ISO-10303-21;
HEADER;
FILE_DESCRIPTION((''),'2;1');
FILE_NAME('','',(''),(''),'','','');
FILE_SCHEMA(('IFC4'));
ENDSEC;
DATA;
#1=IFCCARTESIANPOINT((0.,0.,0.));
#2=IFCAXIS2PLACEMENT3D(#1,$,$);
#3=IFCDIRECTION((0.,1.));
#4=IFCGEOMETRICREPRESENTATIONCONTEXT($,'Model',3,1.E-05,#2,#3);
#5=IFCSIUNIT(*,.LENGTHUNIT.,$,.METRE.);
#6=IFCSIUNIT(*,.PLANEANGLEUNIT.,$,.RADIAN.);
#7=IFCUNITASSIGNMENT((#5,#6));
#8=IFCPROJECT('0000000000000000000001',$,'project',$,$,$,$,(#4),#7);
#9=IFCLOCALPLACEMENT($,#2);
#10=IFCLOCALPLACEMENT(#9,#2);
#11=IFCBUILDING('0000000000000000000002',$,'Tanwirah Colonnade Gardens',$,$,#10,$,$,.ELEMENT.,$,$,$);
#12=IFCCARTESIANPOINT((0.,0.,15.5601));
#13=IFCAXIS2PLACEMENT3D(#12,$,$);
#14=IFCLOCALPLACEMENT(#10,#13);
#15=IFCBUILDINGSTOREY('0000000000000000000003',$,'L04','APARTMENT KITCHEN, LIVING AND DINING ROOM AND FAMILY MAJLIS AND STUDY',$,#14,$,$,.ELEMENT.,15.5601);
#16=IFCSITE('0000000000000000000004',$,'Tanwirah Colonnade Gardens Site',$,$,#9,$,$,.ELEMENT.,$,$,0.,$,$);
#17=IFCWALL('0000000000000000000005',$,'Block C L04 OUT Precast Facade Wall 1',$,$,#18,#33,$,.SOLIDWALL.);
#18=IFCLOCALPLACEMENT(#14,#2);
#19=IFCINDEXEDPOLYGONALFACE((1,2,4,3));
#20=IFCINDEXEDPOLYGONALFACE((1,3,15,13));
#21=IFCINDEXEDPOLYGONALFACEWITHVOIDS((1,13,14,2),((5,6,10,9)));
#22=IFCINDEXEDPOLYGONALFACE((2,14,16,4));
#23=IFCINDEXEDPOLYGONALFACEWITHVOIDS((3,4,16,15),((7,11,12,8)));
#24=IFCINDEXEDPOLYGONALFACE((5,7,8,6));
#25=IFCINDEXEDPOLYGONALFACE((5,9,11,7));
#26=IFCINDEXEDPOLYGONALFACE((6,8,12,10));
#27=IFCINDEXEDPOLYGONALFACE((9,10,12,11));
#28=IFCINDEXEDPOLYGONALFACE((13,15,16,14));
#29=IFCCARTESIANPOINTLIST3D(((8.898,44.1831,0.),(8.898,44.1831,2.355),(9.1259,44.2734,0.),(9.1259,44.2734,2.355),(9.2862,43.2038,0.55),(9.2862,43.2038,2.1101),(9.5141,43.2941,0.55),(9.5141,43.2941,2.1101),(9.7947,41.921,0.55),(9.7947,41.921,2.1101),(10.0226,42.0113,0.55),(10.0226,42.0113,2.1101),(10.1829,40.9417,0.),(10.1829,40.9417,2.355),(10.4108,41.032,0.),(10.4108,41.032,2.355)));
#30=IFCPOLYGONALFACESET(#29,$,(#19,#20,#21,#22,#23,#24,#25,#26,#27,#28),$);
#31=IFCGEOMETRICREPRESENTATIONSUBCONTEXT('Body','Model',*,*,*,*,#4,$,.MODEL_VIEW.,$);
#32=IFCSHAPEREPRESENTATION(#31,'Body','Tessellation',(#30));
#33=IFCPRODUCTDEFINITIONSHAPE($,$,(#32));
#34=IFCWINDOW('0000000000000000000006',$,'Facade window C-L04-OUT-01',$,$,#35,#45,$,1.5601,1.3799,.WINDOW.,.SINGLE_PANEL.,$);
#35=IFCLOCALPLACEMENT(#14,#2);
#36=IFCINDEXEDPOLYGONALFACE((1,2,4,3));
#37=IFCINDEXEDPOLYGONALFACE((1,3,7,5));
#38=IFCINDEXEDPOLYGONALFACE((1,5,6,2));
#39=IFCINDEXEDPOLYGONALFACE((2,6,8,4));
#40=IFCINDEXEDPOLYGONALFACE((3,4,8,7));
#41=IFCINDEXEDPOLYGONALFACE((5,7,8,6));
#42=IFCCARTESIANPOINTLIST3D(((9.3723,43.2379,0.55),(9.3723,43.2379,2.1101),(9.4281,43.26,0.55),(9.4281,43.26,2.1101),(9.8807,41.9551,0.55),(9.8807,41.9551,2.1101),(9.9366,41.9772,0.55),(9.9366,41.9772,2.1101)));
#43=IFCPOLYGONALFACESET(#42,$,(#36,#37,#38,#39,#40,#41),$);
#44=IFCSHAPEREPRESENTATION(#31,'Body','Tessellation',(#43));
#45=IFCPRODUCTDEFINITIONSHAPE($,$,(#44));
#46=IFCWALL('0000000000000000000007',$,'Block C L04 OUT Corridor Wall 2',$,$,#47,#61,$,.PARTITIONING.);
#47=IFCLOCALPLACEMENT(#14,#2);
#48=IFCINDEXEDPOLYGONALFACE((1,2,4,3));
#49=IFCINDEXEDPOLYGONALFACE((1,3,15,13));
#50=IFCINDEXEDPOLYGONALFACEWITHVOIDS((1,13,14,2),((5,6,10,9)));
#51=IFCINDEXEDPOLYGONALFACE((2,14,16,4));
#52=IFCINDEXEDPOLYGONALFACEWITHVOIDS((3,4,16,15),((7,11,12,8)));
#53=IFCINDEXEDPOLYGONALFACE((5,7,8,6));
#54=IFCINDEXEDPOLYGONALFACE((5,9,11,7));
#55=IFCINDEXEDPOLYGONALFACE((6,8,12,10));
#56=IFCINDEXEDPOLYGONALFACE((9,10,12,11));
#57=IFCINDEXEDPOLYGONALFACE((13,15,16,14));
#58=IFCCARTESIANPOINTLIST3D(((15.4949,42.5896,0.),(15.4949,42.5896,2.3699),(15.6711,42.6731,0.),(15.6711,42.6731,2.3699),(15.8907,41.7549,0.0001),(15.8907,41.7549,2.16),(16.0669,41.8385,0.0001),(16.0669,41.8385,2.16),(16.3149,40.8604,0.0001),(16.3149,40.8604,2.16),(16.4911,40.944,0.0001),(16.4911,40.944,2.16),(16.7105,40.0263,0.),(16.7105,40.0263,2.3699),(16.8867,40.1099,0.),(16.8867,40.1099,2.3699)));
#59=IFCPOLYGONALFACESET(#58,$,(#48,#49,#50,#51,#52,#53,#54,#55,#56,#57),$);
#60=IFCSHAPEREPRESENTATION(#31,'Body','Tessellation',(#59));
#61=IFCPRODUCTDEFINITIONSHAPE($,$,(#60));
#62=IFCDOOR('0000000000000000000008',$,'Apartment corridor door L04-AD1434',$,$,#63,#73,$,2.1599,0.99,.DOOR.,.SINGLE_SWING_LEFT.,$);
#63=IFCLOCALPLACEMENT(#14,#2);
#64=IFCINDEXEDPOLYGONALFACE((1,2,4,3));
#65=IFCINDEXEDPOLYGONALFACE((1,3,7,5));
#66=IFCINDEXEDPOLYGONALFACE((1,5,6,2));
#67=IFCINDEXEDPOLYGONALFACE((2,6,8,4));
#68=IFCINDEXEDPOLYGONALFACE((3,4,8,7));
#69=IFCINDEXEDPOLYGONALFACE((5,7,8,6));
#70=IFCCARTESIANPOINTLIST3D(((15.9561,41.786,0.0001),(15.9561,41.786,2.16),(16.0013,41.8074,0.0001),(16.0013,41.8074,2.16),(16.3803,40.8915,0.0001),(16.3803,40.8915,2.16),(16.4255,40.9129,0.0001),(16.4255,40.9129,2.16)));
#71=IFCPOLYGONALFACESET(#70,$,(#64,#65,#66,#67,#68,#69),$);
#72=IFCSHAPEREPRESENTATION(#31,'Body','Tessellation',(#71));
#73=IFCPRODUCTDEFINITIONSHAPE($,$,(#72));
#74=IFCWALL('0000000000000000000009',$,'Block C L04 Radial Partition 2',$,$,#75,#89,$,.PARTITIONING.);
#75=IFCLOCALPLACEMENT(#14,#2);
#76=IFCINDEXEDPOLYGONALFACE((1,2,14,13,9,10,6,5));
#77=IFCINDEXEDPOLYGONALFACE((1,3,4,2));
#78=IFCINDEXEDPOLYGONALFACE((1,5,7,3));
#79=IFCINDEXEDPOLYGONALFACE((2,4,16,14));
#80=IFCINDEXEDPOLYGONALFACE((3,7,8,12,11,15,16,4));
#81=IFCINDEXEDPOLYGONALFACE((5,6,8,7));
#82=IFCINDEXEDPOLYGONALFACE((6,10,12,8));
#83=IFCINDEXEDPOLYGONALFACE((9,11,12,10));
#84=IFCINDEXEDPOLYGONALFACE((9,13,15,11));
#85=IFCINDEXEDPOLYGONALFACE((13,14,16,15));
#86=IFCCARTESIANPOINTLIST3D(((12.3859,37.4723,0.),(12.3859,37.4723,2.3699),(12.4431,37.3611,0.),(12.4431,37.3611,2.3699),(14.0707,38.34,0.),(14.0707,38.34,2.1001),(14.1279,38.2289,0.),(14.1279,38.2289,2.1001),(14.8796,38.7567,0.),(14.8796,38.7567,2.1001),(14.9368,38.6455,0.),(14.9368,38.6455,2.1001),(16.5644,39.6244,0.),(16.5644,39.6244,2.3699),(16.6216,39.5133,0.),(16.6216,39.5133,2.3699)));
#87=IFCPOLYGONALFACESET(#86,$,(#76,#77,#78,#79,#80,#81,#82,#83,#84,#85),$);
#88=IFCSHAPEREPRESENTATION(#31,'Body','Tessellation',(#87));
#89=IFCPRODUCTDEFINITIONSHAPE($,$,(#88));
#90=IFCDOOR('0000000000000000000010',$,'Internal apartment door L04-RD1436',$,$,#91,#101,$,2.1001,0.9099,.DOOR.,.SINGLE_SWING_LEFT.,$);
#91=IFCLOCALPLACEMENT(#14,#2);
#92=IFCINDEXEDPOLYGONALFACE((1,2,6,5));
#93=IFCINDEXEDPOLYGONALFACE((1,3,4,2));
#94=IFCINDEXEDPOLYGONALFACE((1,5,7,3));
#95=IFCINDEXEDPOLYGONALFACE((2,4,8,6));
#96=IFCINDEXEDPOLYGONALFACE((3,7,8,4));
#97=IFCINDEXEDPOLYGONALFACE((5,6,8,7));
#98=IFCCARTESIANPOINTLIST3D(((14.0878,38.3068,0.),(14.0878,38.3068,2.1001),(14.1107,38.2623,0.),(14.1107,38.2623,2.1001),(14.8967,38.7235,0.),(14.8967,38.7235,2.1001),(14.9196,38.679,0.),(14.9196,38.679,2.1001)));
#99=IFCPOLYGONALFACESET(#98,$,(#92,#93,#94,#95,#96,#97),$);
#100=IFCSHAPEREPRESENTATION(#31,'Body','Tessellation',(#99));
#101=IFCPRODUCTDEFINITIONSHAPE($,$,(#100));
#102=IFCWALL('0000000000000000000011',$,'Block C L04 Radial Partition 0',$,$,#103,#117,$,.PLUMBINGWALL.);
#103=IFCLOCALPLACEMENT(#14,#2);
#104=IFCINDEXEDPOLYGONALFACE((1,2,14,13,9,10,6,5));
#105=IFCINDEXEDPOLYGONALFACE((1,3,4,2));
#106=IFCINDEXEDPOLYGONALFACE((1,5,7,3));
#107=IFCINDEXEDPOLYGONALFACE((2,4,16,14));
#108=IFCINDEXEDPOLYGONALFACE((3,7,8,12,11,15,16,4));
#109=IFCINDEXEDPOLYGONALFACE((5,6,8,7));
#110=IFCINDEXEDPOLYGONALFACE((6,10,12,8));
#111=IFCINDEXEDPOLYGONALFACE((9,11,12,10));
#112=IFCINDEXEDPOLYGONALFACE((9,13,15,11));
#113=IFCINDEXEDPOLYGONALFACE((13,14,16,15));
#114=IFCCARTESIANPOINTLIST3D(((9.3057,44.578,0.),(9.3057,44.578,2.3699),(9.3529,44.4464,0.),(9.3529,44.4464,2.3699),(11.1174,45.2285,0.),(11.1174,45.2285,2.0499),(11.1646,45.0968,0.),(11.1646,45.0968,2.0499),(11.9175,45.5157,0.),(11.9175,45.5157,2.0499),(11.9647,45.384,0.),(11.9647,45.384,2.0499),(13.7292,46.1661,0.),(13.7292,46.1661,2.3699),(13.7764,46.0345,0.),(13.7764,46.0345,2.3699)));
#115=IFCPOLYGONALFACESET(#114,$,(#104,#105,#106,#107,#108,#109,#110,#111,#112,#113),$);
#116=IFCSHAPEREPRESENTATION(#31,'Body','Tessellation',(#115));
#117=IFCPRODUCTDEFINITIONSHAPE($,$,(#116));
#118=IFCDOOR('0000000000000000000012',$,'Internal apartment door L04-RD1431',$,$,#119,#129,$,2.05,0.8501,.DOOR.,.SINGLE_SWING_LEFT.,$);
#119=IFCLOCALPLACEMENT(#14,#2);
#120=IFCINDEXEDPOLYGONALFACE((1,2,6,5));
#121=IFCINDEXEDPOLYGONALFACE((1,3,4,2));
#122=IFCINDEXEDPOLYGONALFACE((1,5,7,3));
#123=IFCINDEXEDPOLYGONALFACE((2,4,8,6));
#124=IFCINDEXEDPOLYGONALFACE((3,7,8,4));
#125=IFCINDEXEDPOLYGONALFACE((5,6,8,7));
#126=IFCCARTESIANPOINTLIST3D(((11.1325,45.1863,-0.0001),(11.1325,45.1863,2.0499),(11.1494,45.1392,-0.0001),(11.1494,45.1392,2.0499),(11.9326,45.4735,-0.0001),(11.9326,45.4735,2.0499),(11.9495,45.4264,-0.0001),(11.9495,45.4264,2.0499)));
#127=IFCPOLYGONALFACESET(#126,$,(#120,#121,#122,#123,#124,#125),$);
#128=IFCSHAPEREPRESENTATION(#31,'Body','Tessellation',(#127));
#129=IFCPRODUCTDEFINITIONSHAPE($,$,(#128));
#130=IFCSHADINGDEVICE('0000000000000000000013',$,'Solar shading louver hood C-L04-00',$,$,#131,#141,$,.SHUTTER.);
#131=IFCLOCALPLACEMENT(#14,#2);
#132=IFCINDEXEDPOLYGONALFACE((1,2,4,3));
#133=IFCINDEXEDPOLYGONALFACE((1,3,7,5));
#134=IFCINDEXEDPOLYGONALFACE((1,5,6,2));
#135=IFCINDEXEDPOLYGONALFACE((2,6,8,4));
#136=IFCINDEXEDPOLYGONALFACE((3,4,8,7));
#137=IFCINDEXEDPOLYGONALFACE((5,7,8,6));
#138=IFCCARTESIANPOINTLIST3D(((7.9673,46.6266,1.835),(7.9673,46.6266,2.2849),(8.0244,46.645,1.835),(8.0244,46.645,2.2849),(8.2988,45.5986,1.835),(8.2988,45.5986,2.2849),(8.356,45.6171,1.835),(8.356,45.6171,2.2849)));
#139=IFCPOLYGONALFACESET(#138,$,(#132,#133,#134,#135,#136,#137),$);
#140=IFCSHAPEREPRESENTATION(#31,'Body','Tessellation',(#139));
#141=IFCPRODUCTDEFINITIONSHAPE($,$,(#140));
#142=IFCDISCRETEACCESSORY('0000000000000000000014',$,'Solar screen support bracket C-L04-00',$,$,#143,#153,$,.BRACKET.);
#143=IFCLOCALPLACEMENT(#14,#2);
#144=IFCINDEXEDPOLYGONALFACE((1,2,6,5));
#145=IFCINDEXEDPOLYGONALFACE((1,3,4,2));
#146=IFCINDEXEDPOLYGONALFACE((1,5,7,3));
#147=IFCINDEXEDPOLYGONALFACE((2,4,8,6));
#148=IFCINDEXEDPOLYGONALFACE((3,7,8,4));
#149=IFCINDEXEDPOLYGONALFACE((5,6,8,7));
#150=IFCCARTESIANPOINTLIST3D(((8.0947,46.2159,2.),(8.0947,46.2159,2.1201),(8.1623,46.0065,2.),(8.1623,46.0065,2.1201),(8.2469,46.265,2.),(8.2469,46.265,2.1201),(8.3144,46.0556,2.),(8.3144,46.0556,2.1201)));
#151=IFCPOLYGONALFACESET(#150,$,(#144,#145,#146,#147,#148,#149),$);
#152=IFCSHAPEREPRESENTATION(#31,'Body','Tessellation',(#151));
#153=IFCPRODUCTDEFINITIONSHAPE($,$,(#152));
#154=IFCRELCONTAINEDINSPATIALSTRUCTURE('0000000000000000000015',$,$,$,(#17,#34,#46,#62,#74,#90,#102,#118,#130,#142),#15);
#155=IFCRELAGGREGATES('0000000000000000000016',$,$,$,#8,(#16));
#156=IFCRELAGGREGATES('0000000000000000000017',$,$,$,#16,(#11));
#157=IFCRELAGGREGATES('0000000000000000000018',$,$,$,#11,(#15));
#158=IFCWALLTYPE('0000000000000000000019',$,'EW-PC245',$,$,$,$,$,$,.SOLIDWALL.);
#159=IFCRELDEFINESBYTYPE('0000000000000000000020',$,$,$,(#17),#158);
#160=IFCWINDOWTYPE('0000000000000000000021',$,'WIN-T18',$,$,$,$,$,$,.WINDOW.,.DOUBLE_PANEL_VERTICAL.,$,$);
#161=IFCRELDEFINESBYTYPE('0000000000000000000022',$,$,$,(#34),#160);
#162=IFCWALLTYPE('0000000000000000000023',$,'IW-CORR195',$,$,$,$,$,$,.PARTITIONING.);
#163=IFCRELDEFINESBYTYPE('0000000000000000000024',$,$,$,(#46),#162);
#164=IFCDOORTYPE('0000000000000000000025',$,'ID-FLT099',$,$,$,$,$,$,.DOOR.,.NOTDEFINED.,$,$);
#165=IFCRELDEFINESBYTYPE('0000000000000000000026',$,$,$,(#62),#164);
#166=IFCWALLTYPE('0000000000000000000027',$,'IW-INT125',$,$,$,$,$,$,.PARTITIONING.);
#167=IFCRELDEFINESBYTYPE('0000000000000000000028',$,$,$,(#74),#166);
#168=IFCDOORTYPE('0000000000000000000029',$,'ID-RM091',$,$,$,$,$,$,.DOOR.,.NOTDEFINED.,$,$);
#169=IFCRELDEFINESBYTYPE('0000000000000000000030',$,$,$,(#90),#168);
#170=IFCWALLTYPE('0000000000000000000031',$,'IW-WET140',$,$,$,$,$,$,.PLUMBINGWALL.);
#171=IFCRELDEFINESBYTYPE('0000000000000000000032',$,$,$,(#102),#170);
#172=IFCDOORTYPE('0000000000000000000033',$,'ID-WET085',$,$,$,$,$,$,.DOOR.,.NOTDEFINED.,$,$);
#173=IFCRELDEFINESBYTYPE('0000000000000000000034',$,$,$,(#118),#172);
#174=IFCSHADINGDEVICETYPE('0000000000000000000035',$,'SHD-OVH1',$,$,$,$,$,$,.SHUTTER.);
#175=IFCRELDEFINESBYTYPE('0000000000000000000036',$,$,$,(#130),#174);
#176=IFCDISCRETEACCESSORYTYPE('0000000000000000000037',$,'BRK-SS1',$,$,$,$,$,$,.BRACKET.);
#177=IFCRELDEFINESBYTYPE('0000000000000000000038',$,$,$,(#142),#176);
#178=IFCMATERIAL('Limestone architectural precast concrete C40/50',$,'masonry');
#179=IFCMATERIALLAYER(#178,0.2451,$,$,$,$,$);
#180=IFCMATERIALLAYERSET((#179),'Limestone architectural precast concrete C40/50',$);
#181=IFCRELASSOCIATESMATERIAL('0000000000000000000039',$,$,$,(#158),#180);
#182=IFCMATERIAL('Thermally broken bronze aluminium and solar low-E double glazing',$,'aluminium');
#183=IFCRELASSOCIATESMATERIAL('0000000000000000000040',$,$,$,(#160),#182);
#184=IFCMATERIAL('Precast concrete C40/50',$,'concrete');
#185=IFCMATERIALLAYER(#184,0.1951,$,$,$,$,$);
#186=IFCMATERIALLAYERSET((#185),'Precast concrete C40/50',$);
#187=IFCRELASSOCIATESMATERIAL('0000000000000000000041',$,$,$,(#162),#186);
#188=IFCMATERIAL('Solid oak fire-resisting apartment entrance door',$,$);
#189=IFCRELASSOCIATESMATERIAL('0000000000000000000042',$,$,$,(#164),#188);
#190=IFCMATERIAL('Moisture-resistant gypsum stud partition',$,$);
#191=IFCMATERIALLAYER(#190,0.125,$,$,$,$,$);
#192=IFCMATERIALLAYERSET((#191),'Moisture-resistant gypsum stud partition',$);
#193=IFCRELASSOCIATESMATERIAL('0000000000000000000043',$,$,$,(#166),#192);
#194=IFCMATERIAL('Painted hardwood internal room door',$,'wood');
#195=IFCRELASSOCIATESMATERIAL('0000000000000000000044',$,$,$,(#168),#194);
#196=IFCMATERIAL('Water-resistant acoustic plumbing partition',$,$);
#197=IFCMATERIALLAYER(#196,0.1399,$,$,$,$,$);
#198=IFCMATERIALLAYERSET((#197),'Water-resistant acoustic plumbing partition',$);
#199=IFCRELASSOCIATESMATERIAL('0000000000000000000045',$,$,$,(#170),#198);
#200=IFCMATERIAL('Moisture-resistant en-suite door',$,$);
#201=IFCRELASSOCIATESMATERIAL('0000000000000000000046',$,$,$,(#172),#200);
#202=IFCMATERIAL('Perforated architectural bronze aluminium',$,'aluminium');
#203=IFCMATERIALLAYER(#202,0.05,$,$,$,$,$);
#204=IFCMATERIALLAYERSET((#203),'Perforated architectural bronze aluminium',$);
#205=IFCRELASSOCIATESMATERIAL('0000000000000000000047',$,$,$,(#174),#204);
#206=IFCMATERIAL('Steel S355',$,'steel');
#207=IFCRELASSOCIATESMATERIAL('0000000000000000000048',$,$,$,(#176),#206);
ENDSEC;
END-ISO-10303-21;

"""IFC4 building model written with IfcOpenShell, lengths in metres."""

from ifc_helpers import new_model, si_unit, direction, frame, frame_2d, origin, origin_2d, place, context, subcontext, project, spatial, rectangle, extrude, material, layer, layer_set, type_object, element, fill, save


model = new_model("IFC4")

# Units and contexts
model_context = context("Model", 3, precision=1e-05, world=origin(), true_north=direction((0.0, 1.0)))
body_context = subcontext(model_context, "Body", "Model", "MODEL_VIEW")
ifc_project = project(units=[si_unit("LENGTHUNIT", "METRE"), si_unit("PLANEANGLEUNIT", "RADIAN")], contexts=[model_context])

# Site, building, storey
site_placement = place(None, origin())
site = spatial("IfcSite", under=ifc_project, at=site_placement, Name="Tanwirah Colonnade Gardens Site", CompositionType="ELEMENT", RefElevation=0.0)
building_placement = place(site_placement, origin())
building = spatial("IfcBuilding", under=site, at=building_placement, Name="Tanwirah Colonnade Gardens", CompositionType="ELEMENT")
storey_placement = place(building_placement, frame((0.0, 0.0, 15.5601)))
storey = spatial("IfcBuildingStorey", under=building, at=storey_placement, Name="L04", Description="APARTMENT KITCHEN, LIVING AND DINING ROOM AND FAMILY MAJLIS AND STUDY", CompositionType="ELEMENT", Elevation=15.5601)

# Shared definitions
ifc_material_1 = material(Name="Precast concrete C40/50", Category="concrete")

# Wall, opening, window
ifc_material_2 = material(Name="Limestone architectural precast concrete C40/50", Category="masonry")
ifc_layer_1 = layer(ifc_material_2, 0.2451)
ifc_layer_set_1 = layer_set([ifc_layer_1], Name="Limestone architectural precast concrete C40/50")
wall_type_1 = type_object("IfcWallType", Name="EW-PC245", PredefinedType="SOLIDWALL", material=ifc_layer_set_1)
wall_1_placement = place(storey_placement, frame((9.012, 44.2283, 0.0), z_axis=(0.0, 0.0, 1.0), x_axis=(0.368504, -0.929626, 0.0)))
wall_1 = element("IfcWall", 1, at=wall_1_placement, inside=storey, type_object=wall_type_1, Name="Block C L04 OUT Precast Facade Wall 1", PredefinedType="SOLIDWALL", context=body_context, shape_type="SweptSolid", body=[
    extrude(rectangle(XDim=3.4868, YDim=0.2451, at=frame_2d((1.7434, 0.0))), origin(), (0.0, 0.0, 1.0), 2.355),
])
opening_1_placement = place(wall_1_placement, frame((1.0535, 0.0, 0.55)))
opening_1 = element("IfcOpeningElement", 2, at=opening_1_placement, cuts=wall_1, PredefinedType="OPENING", context=body_context, shape_type="SweptSolid", body=[
    extrude(rectangle(XDim=1.3799, YDim=1.5601, at=frame_2d((0.6899, 0.78))), frame((0.0, 0.1326, 0.0), z_axis=(0.0, -1.0, 0.0), x_axis=(1.0, 0.0, 0.0)), (0.0, 0.0, 1.0), 0.2651),
])
ifc_material_3 = material(Name="Thermally broken bronze aluminium and solar low-E double glazing", Category="aluminium")
window_type = type_object("IfcWindowType", Name="WIN-T18", PartitioningType="DOUBLE_PANEL_VERTICAL", PredefinedType="WINDOW", material=ifc_material_3)
window_placement = place(opening_1_placement, origin())
window = element("IfcWindow", 3, at=window_placement, inside=storey, type_object=window_type, Name="Facade window C-L04-OUT-01", OverallHeight=1.5601, OverallWidth=1.3799, PartitioningType="SINGLE_PANEL", PredefinedType="WINDOW", context=body_context, shape_type="SweptSolid", body=[
    extrude(rectangle(XDim=1.3799, YDim=1.5601, at=frame_2d((0.6899, 0.78))), frame((0.0, 0.03, 0.0), z_axis=(0.0, -1.0, 0.0), x_axis=(1.0, 0.0, 0.0)), (0.0, 0.0, 1.0), 0.0601),
])
fill(opening_1, window)

# Walls, openings, doors
ifc_layer_2 = layer(ifc_material_1, 0.1951)
ifc_layer_set_2 = layer_set([ifc_layer_2], Name="Precast concrete C40/50")
wall_type_2 = type_object("IfcWallType", Name="IW-CORR195", PredefinedType="PARTITIONING", material=ifc_layer_set_2)
ifc_material_4 = material(Name="Solid oak fire-resisting apartment entrance door")
wall_2_placement = place(storey_placement, frame((15.583, 42.6313, 0.0), z_axis=(0.0, 0.0, 1.0), x_axis=(0.428493, -0.903545, 0.0)))
wall_2 = element("IfcWall", 4, at=wall_2_placement, inside=storey, type_object=wall_type_2, Name="Block C L04 OUT Corridor Wall 2", PredefinedType="PARTITIONING", context=body_context, shape_type="SweptSolid", body=[
    extrude(rectangle(XDim=2.8369, YDim=0.1951, at=frame_2d((1.4185, 0.0))), origin(), (0.0, 0.0, 1.0), 2.3699),
])
opening_2_placement = place(wall_2_placement, frame((0.9236, 0.0, 0.0)))
opening_2 = element("IfcOpeningElement", 5, at=opening_2_placement, cuts=wall_2, PredefinedType="OPENING", context=body_context, shape_type="SweptSolid", body=[
    extrude(rectangle(XDim=0.99, YDim=2.1599, at=frame_2d((0.4951, 1.0801))), frame((0.0, 0.1074, 0.0), z_axis=(0.0, -1.0, 0.0), x_axis=(1.0, 0.0, 0.0)), (0.0, 0.0, 1.0), 0.2151),
])
door_type_1 = type_object("IfcDoorType", Name="ID-FLT099", OperationType="NOTDEFINED", PredefinedType="DOOR", material=ifc_material_4)
door_1_placement = place(opening_2_placement, origin())
door_1 = element("IfcDoor", 6, at=door_1_placement, inside=storey, type_object=door_type_1, Name="Apartment corridor door L04-AD1434", OperationType="SINGLE_SWING_LEFT", OverallHeight=2.1599, OverallWidth=0.99, PredefinedType="DOOR", context=body_context, shape_type="SweptSolid", body=[
    extrude(rectangle(XDim=0.99, YDim=2.1599, at=frame_2d((0.4951, 1.0801))), frame((0.0, 0.0249, 0.0), z_axis=(0.0, -1.0, 0.0), x_axis=(1.0, 0.0, 0.0)), (0.0, 0.0, 1.0), 0.05),
])
fill(opening_2, door_1)
ifc_material_5 = material(Name="Moisture-resistant gypsum stud partition")
ifc_layer_3 = layer(ifc_material_5, 0.125)
ifc_layer_set_3 = layer_set([ifc_layer_3], Name="Moisture-resistant gypsum stud partition")
wall_type_3 = type_object("IfcWallType", Name="IW-INT125", PredefinedType="PARTITIONING", material=ifc_layer_set_3)
wall_3_placement = place(storey_placement, frame((16.593, 39.5688, 0.0), z_axis=(0.0, 0.0, 1.0), x_axis=(-0.889013, -0.457882, 0.0)))
wall_3 = element("IfcWall", 7, at=wall_3_placement, inside=storey, type_object=wall_type_3, Name="Block C L04 Radial Partition 2", PredefinedType="PARTITIONING", context=body_context, shape_type="SweptSolid", body=[
    extrude(rectangle(XDim=4.7002, YDim=0.125, at=frame_2d((2.3501, 0.0))), origin(), (0.0, 0.0, 1.0), 2.3699),
])
opening_3_placement = place(wall_3_placement, frame((1.895, 0.0, 0.0)))
opening_3 = element("IfcOpeningElement", 8, at=opening_3_placement, cuts=wall_3, PredefinedType="OPENING", context=body_context, shape_type="SweptSolid", body=[
    extrude(rectangle(XDim=0.9099, YDim=2.1001, at=frame_2d((0.4551, 1.05))), frame((0.0, 0.0725, 0.0), z_axis=(0.0, -1.0, 0.0), x_axis=(1.0, 0.0, 0.0)), (0.0, 0.0, 1.0), 0.145),
])
ifc_material_6 = material(Name="Painted hardwood internal room door", Category="wood")
door_type_2 = type_object("IfcDoorType", Name="ID-RM091", OperationType="NOTDEFINED", PredefinedType="DOOR", material=ifc_material_6)
door_2_placement = place(opening_3_placement, origin())
door_2 = element("IfcDoor", 9, at=door_2_placement, inside=storey, type_object=door_type_2, Name="Internal apartment door L04-RD1436", OperationType="SINGLE_SWING_LEFT", OverallHeight=2.1001, OverallWidth=0.9099, PredefinedType="DOOR", context=body_context, shape_type="SweptSolid", body=[
    extrude(rectangle(XDim=0.9099, YDim=2.1001, at=frame_2d((0.4551, 1.05))), frame((0.0, 0.0249, 0.0), z_axis=(0.0, -1.0, 0.0), x_axis=(1.0, 0.0, 0.0)), (0.0, 0.0, 1.0), 0.05),
])
fill(opening_3, door_2)
ifc_material_7 = material(Name="Water-resistant acoustic plumbing partition")
ifc_layer_4 = layer(ifc_material_7, 0.1399)
ifc_layer_set_4 = layer_set([ifc_layer_4], Name="Water-resistant acoustic plumbing partition")
wall_type_4 = type_object("IfcWallType", Name="IW-WET140", PredefinedType="PLUMBINGWALL", material=ifc_layer_set_4)
wall_4_placement = place(storey_placement, frame((13.7529, 46.1003, 0.0), z_axis=(0.0, 0.0, 1.0), x_axis=(-0.941182, -0.337899, 0.0)))
wall_4 = element("IfcWall", 10, at=wall_4_placement, inside=storey, type_object=wall_type_4, Name="Block C L04 Radial Partition 0", PredefinedType="PLUMBINGWALL", context=body_context, shape_type="SweptSolid", body=[
    extrude(rectangle(XDim=4.7, YDim=0.1399, at=frame_2d((2.3501, 0.0))), origin(), (0.0, 0.0, 1.0), 2.3699),
])
opening_4_placement = place(wall_4_placement, frame((1.925, 0.0, 0.0)))
opening_4 = element("IfcOpeningElement", 11, at=opening_4_placement, cuts=wall_4, PredefinedType="OPENING", context=body_context, shape_type="SweptSolid", body=[
    extrude(rectangle(XDim=0.8501, YDim=2.05, at=frame_2d((0.425, 1.0249))), frame((0.0, 0.0798, 0.0), z_axis=(0.0, -1.0, 0.0), x_axis=(1.0, 0.0, 0.0)), (0.0, 0.0, 1.0), 0.1599),
])
ifc_material_8 = material(Name="Moisture-resistant en-suite door")
door_type_3 = type_object("IfcDoorType", Name="ID-WET085", OperationType="NOTDEFINED", PredefinedType="DOOR", material=ifc_material_8)
door_3_placement = place(opening_4_placement, origin())
door_3 = element("IfcDoor", 12, at=door_3_placement, inside=storey, type_object=door_type_3, Name="Internal apartment door L04-RD1431", OperationType="SINGLE_SWING_LEFT", OverallHeight=2.05, OverallWidth=0.8501, PredefinedType="DOOR", context=body_context, shape_type="SweptSolid", body=[
    extrude(rectangle(XDim=0.8501, YDim=2.05, at=frame_2d((0.425, 1.0249))), frame((0.0, 0.0249, 0.0), z_axis=(0.0, -1.0, 0.0), x_axis=(1.0, 0.0, 0.0)), (0.0, 0.0, 1.0), 0.05),
])
fill(opening_4, door_3)

# Shading device
ifc_material_9 = material(Name="Perforated architectural bronze aluminium", Category="aluminium")
ifc_layer_5 = layer(ifc_material_9, 0.05)
ifc_layer_set_5 = layer_set([ifc_layer_5], Name="Perforated architectural bronze aluminium")
shading_device_type = type_object("IfcShadingDeviceType", Name="SHD-OVH1", PredefinedType="SHUTTER", material=ifc_layer_set_5)
shading_device_placement = place(storey_placement, frame((8.1616, 46.1218, 1.835), z_axis=(0.0, 0.0, 1.0), x_axis=(0.306943, -0.951728, 0.0)))
element("IfcShadingDevice", 13, at=shading_device_placement, inside=storey, type_object=shading_device_type, Name="Solar shading louver hood C-L04-00", PredefinedType="SHUTTER", context=body_context, shape_type="SweptSolid", body=[
    extrude(rectangle(XDim=1.0801, YDim=0.0601, at=origin_2d()), origin(), (0.0, 0.0, 1.0), 0.45),
])

# Discrete accessory
ifc_material_10 = material(Name="Steel S355", Category="steel")
discrete_accessory_type = type_object("IfcDiscreteAccessoryType", Name="BRK-SS1", PredefinedType="BRACKET", material=ifc_material_10)
discrete_accessory_placement = place(storey_placement, frame((8.2046, 46.1357, 2.0), z_axis=(0.0, 0.0, 1.0), x_axis=(0.306943, -0.951728, 0.0)))
element("IfcDiscreteAccessory", 14, at=discrete_accessory_placement, inside=storey, type_object=discrete_accessory_type, Name="Solar screen support bracket C-L04-00", PredefinedType="BRACKET", context=body_context, shape_type="SweptSolid", body=[
    extrude(rectangle(XDim=0.22, YDim=0.1599, at=origin_2d()), origin(), (0.0, 0.0, 1.0), 0.1201),
])

save(model, "model.ifc")
